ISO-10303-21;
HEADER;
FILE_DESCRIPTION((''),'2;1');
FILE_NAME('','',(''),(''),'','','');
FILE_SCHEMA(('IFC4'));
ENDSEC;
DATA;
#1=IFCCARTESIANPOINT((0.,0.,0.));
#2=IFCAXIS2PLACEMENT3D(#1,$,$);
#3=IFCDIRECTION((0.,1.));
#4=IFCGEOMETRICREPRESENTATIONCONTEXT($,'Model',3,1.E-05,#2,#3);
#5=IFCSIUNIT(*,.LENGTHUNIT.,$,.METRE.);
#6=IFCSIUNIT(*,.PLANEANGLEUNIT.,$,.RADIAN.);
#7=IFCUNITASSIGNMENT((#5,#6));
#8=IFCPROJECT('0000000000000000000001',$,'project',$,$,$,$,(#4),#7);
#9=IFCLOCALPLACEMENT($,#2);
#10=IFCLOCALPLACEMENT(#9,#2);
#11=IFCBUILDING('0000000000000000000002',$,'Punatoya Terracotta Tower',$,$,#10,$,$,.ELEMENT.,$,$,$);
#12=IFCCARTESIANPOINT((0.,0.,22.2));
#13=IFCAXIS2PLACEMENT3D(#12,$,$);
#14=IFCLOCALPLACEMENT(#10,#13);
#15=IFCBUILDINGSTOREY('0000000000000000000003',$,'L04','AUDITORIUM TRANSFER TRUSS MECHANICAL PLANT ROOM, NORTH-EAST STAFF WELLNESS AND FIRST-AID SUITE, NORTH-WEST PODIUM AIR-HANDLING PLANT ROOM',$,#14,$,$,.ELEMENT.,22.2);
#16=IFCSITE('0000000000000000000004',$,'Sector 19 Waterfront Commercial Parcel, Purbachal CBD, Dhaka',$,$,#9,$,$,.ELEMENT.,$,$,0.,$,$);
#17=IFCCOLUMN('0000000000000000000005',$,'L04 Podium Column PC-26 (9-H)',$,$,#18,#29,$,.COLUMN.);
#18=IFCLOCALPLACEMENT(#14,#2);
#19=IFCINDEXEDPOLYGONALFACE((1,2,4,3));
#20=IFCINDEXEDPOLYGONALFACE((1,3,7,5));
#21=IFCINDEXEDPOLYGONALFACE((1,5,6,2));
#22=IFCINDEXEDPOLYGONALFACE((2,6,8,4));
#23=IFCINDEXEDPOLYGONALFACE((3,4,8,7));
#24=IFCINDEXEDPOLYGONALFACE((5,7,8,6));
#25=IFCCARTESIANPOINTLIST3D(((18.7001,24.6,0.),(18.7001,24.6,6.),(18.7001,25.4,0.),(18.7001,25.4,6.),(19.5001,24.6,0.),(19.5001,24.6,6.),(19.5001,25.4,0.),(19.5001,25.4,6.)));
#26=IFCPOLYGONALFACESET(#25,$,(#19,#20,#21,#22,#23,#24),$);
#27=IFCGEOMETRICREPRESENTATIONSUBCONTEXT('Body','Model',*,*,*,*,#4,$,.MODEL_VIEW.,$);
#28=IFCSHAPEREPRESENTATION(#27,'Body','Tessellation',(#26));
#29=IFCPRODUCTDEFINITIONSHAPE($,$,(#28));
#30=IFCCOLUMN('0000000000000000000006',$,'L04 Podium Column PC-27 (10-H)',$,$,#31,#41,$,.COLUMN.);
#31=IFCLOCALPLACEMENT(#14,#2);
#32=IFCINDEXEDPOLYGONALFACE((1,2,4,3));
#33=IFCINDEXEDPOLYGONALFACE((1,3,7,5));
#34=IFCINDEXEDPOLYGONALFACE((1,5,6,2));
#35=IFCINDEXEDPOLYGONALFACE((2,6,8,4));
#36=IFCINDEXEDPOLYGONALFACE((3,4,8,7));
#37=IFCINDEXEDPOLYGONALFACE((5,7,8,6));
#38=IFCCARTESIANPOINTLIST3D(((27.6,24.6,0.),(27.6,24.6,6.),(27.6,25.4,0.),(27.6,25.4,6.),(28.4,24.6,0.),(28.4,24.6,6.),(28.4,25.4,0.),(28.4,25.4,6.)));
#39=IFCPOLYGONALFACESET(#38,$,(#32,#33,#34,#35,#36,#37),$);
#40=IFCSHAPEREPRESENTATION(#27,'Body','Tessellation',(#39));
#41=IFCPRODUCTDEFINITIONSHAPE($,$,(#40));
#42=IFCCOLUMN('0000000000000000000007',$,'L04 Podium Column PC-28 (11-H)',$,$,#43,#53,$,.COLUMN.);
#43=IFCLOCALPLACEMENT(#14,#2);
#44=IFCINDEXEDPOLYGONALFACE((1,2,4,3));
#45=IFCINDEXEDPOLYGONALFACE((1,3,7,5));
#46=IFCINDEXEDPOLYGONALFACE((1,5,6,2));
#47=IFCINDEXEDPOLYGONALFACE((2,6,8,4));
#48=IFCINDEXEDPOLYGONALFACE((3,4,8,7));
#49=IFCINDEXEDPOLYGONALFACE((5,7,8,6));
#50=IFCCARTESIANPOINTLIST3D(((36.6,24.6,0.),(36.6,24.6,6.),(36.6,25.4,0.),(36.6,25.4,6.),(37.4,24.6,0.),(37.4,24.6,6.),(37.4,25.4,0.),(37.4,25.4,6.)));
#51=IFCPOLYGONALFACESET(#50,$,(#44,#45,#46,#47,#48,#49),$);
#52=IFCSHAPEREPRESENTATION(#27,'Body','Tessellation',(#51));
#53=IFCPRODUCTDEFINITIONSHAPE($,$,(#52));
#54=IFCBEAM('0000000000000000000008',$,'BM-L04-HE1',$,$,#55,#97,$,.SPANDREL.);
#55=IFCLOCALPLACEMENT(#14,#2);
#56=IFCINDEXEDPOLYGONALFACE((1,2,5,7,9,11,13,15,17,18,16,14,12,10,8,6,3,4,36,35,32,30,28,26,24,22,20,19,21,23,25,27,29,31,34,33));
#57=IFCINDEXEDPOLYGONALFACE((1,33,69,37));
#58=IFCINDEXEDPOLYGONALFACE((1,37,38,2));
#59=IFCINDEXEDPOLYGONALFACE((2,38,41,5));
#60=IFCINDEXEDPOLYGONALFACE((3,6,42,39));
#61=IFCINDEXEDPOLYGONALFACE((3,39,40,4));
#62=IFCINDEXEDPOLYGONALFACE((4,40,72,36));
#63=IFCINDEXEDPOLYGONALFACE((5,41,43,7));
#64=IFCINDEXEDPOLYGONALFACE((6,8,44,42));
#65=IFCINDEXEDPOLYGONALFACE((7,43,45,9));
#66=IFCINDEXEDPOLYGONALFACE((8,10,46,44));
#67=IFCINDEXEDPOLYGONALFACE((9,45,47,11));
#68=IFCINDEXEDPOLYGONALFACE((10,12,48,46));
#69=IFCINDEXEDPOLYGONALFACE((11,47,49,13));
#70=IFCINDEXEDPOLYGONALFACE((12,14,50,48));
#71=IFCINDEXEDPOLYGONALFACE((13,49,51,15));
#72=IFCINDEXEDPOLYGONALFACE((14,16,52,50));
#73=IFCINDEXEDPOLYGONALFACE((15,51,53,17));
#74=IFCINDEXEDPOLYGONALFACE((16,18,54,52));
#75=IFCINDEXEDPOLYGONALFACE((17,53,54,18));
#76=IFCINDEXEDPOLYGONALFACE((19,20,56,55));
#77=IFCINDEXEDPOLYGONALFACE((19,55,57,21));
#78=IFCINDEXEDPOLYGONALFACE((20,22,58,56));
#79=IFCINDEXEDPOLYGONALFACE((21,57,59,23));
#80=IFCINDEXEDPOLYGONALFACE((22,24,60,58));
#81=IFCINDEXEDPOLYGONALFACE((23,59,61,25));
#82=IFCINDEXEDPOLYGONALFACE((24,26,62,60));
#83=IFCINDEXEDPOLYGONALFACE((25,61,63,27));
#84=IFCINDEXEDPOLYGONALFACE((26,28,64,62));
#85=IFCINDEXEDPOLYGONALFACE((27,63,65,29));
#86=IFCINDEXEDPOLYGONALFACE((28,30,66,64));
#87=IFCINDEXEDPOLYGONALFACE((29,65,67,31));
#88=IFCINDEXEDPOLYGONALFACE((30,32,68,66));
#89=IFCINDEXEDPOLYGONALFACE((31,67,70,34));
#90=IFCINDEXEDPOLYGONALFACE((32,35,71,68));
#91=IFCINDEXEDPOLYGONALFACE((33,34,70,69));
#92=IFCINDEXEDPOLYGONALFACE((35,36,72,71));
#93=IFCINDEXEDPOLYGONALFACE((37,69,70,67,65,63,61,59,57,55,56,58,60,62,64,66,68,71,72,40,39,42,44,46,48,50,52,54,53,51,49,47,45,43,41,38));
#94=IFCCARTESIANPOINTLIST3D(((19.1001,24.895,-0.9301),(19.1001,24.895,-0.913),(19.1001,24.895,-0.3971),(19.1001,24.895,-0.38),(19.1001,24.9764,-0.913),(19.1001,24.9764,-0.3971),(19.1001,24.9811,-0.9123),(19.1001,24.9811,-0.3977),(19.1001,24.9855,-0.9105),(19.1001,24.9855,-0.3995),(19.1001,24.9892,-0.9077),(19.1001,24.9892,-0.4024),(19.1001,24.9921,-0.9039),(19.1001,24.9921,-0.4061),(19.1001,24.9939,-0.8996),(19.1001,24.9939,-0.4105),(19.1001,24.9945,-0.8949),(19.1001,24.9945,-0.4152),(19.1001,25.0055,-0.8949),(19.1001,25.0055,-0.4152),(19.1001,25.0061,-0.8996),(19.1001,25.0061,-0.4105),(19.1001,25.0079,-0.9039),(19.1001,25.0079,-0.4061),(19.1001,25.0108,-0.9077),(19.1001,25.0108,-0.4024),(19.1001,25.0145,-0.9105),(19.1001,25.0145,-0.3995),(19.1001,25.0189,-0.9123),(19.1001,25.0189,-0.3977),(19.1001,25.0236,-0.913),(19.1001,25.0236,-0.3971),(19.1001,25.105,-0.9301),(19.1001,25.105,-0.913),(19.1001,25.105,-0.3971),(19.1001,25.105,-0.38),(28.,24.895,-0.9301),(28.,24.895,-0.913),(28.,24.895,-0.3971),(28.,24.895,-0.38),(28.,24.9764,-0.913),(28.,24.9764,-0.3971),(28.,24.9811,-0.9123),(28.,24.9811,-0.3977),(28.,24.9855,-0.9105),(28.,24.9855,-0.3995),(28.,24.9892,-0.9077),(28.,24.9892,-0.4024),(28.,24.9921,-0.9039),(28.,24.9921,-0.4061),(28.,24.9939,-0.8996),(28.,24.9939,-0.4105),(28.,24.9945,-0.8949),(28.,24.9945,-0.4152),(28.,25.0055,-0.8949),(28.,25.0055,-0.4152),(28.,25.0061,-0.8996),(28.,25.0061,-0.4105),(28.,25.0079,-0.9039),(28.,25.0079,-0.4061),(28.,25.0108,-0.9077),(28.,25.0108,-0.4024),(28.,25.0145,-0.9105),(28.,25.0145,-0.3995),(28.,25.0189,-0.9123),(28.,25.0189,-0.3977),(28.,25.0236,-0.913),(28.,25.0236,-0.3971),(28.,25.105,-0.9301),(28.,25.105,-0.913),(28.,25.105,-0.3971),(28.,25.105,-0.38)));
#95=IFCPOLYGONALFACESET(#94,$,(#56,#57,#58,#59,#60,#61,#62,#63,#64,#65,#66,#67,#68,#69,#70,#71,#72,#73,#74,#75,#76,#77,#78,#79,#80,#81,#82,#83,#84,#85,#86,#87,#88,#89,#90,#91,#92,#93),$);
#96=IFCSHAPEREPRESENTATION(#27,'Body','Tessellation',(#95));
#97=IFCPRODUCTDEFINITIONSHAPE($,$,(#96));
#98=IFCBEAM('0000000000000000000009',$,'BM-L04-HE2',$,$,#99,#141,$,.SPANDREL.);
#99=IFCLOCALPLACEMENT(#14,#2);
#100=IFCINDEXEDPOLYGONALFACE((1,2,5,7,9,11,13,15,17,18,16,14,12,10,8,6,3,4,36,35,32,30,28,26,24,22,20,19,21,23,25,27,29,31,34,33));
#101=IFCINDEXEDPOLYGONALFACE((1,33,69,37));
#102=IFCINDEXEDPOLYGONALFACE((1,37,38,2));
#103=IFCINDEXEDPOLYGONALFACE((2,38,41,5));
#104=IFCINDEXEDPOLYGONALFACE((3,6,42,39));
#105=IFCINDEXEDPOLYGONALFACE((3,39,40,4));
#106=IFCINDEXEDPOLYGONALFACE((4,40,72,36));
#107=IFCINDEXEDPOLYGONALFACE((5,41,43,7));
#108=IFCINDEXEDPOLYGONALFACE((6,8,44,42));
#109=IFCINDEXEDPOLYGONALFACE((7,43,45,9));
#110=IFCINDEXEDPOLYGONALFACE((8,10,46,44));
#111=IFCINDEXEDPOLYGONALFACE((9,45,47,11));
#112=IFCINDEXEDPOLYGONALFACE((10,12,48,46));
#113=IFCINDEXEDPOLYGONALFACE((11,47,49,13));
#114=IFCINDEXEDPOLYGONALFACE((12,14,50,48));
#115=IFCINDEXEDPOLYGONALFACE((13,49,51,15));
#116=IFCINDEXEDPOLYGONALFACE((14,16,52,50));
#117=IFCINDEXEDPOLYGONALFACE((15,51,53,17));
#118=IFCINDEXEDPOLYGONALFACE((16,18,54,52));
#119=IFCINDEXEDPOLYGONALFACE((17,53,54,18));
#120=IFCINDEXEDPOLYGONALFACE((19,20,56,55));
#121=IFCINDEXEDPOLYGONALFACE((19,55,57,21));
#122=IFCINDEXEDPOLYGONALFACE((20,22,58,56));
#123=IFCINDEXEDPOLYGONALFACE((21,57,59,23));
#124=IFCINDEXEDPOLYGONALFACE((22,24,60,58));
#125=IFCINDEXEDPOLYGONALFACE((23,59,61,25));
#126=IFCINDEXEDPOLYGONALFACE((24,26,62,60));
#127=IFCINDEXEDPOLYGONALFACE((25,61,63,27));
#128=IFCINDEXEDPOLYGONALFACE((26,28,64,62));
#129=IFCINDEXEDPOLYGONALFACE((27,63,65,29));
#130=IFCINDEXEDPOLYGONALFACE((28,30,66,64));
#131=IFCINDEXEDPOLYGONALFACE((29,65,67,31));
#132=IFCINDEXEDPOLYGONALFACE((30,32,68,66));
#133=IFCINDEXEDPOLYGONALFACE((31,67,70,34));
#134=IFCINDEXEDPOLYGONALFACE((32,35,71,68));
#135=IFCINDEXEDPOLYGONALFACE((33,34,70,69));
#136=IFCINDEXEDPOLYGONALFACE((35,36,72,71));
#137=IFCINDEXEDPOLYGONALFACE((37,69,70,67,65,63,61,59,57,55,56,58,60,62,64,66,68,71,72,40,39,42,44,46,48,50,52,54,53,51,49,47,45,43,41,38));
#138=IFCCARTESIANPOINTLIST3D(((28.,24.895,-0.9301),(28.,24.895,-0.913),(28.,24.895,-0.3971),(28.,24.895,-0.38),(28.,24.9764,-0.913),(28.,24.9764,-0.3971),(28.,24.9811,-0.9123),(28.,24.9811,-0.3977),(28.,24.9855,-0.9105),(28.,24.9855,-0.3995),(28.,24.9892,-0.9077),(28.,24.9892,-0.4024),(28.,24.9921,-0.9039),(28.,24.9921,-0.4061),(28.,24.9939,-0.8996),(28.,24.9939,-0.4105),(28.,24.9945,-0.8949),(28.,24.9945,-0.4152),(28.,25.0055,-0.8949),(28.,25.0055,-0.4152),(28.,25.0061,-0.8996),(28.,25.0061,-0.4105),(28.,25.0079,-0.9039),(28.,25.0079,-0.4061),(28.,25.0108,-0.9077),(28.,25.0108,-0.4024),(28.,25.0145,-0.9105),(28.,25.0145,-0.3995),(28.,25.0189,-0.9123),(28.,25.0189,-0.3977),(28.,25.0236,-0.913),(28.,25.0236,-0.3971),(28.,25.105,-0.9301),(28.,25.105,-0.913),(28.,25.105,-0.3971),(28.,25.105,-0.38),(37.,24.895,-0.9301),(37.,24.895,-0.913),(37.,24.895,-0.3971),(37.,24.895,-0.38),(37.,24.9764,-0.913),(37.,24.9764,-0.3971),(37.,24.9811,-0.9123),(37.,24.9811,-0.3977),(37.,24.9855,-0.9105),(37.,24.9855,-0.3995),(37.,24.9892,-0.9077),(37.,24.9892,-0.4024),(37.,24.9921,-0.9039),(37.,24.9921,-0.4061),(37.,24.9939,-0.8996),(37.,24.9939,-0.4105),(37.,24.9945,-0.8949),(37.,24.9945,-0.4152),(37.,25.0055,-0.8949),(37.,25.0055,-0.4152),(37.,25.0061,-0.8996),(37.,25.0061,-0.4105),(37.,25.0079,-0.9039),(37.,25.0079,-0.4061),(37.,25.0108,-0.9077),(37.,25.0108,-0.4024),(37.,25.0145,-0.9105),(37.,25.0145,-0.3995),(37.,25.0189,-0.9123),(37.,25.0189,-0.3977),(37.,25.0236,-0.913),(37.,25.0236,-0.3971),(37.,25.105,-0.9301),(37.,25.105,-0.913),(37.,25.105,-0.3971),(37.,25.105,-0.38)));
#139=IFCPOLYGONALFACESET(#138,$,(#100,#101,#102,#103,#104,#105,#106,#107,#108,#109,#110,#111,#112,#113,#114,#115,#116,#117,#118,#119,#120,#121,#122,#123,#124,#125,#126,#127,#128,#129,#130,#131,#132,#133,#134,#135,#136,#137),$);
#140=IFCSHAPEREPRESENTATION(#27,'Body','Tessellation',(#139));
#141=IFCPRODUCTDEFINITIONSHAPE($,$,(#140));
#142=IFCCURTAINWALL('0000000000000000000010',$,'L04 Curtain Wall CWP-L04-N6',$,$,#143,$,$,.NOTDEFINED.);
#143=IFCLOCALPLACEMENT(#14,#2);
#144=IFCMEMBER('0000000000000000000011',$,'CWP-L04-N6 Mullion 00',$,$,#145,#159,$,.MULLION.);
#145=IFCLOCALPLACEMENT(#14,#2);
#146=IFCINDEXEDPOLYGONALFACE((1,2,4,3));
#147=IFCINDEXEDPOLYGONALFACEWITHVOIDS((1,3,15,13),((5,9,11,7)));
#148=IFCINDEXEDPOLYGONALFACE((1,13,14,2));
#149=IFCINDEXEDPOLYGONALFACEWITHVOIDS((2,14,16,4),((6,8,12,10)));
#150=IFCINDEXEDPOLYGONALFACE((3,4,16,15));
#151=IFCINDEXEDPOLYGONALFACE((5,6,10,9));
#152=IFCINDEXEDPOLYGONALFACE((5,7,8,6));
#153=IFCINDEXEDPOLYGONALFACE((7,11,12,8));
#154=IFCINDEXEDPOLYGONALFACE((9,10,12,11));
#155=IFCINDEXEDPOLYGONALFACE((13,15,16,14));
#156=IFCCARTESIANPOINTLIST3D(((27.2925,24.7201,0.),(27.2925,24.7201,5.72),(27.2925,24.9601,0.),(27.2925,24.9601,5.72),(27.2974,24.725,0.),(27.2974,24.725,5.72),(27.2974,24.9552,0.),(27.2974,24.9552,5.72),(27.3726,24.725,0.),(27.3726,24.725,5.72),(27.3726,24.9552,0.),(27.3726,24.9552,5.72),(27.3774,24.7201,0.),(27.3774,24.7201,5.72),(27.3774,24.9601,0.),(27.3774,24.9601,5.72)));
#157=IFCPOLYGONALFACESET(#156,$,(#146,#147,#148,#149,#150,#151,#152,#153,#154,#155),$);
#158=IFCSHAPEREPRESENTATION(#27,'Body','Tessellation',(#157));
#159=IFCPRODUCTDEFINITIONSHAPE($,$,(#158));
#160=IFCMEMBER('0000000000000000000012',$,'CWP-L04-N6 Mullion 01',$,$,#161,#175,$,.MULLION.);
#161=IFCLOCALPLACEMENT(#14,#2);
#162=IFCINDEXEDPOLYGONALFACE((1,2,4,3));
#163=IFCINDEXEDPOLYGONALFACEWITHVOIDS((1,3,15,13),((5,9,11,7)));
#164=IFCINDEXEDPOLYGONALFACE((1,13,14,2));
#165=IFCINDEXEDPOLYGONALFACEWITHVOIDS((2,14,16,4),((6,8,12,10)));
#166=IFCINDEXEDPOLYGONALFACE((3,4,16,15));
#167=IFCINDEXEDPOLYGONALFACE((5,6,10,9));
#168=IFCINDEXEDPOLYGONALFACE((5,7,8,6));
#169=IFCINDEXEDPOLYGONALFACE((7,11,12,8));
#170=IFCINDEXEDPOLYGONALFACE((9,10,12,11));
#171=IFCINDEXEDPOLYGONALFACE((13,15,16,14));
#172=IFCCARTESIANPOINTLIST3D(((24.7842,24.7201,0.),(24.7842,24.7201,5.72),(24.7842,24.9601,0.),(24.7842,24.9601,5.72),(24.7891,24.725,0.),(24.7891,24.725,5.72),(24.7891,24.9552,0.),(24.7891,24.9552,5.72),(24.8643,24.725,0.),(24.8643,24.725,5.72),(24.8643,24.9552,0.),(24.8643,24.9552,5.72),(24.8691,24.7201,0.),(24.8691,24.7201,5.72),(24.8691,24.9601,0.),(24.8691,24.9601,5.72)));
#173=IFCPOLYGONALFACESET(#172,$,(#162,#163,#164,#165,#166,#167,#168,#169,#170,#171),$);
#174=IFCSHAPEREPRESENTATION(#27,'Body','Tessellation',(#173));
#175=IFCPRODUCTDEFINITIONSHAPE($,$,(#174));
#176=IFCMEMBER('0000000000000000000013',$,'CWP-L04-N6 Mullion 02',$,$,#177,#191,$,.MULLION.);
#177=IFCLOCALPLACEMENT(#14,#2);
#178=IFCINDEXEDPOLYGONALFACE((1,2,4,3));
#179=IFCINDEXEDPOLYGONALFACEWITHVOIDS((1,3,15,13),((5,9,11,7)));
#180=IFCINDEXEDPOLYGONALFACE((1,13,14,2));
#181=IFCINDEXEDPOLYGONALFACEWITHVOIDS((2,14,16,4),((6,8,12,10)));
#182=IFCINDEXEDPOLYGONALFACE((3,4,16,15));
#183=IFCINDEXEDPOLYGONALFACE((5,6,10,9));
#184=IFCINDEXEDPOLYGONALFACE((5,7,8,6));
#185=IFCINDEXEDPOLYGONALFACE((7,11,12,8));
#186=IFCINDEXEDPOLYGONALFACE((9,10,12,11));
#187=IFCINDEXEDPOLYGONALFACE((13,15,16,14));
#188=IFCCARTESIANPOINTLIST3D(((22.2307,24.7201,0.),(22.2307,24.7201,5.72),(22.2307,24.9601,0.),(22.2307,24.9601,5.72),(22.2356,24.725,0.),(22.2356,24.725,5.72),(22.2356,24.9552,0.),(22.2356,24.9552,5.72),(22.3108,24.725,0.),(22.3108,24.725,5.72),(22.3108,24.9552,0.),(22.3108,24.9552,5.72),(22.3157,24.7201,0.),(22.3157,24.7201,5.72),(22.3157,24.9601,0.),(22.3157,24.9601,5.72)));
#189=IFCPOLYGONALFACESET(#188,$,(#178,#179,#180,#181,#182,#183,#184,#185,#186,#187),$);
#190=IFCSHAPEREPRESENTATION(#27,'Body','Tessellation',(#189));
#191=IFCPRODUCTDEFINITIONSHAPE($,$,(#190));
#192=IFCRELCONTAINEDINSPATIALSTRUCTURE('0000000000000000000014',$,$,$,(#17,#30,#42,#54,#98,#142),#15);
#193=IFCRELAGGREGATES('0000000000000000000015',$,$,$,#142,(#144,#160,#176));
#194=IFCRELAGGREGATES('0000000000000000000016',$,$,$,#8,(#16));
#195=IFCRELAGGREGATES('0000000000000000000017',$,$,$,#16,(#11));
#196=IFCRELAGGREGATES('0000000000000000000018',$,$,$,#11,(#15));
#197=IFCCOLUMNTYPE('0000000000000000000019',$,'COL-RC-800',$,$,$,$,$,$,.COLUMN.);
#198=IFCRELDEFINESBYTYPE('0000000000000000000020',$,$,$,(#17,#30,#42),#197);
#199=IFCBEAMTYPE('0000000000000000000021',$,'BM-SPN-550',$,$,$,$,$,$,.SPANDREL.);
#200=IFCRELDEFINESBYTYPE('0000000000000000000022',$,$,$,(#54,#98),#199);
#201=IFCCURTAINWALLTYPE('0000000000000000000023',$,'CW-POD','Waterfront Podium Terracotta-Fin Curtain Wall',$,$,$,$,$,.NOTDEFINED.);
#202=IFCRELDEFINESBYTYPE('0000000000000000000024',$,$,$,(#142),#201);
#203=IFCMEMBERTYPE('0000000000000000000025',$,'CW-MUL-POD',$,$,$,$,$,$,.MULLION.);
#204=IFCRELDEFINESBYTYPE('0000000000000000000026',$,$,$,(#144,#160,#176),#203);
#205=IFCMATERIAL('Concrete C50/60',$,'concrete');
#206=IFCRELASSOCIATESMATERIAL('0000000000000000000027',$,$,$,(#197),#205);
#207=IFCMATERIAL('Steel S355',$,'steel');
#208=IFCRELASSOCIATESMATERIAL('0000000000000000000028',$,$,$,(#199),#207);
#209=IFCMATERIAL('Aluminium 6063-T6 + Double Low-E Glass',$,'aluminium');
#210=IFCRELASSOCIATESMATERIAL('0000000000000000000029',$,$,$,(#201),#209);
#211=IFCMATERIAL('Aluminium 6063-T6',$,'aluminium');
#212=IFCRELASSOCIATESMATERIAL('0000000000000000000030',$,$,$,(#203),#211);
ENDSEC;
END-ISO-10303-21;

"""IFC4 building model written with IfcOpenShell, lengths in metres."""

from ifc_helpers import new_model, si_unit, direction, frame, origin, origin_2d, place, context, subcontext, project, spatial, rectangle, hollow_rectangle, i_section, extrude, material, material_profile, profile_set, type_object, element, aggregate, save


model = new_model("IFC4")

# Units and contexts
model_context = context("Model", 3, precision=1e-05, world=origin(), true_north=direction((0.0, 1.0)))
body_context = subcontext(model_context, "Body", "Model", "MODEL_VIEW")
ifc_project = project(units=[si_unit("LENGTHUNIT", "METRE"), si_unit("PLANEANGLEUNIT", "RADIAN")], contexts=[model_context])

# Site, building, storey
site_placement = place(None, origin())
site = spatial("IfcSite", under=ifc_project, at=site_placement, Name="Sector 19 Waterfront Commercial Parcel, Purbachal CBD, Dhaka", CompositionType="ELEMENT", RefElevation=0.0)
building_placement = place(site_placement, origin())
building = spatial("IfcBuilding", under=site, at=building_placement, Name="Punatoya Terracotta Tower", CompositionType="ELEMENT")
storey_placement = place(building_placement, frame((0.0, 0.0, 22.2)))
storey = spatial("IfcBuildingStorey", under=building, at=storey_placement, Name="L04", Description="AUDITORIUM TRANSFER TRUSS MECHANICAL PLANT ROOM, NORTH-EAST STAFF WELLNESS AND FIRST-AID SUITE, NORTH-WEST PODIUM AIR-HANDLING PLANT ROOM", CompositionType="ELEMENT", Elevation=22.2)

# Columns
ifc_material_1 = material(Name="Concrete C50/60", Category="concrete")
ifc_material_profile_1 = material_profile(ifc_material_1, rectangle(XDim=0.8, YDim=0.8, at=origin_2d()))
ifc_profile_set_1 = profile_set([ifc_material_profile_1], Name="Concrete C50/60")
column_type = type_object("IfcColumnType", Name="COL-RC-800", PredefinedType="COLUMN", material=ifc_profile_set_1)
for number, where, z_axis, x_axis, name in (
    (1, (19.1001, 25.0, 0.0), (0.0, 0.0, 1.0), (1.0, 0.0, 0.0), "L04 Podium Column PC-26 (9-H)"),
    (2, (28.0, 25.0, 0.0), (0.0, 0.0, 1.0), (1.0, 0.0, 0.0), "L04 Podium Column PC-27 (10-H)"),
    (3, (37.0, 25.0, 0.0), (0.0, 0.0, 1.0), (1.0, 0.0, 0.0), "L04 Podium Column PC-28 (11-H)"),
):
    element("IfcColumn", number, at=place(storey_placement, frame(where, z_axis=z_axis, x_axis=x_axis)), inside=storey, type_object=column_type, Name=name, PredefinedType="COLUMN", context=body_context, shape_type="SweptSolid", body=[
        extrude(rectangle(XDim=0.8, YDim=0.8, at=origin_2d()), origin(), (0.0, 0.0, 1.0), 6.0),
    ])

# Beams
ifc_material_2 = material(Name="Steel S355", Category="steel")
ifc_material_profile_2 = material_profile(ifc_material_2, i_section(OverallWidth=0.21, OverallDepth=0.55, WebThickness=0.011, FlangeThickness=0.0171, FilletRadius=0.0181, at=origin_2d()))
ifc_profile_set_2 = profile_set([ifc_material_profile_2], Name="Steel S355")
beam_type = type_object("IfcBeamType", Name="BM-SPN-550", PredefinedType="SPANDREL", material=ifc_profile_set_2)
beam_1_placement = place(storey_placement, frame((19.1001, 25.0, -0.655), z_axis=(1.0, 0.0, 0.0), x_axis=(0.0, 1.0, 0.0)))
element("IfcBeam", 4, at=beam_1_placement, inside=storey, type_object=beam_type, Name="BM-L04-HE1", PredefinedType="SPANDREL", context=body_context, shape_type="SweptSolid", body=[
    extrude(i_section(OverallWidth=0.21, OverallDepth=0.55, WebThickness=0.011, FlangeThickness=0.0171, FilletRadius=0.0181, at=origin_2d()), origin(), (0.0, 0.0, 1.0), 8.8999),
])
beam_2_placement = place(storey_placement, frame((28.0, 25.0, -0.655), z_axis=(1.0, 0.0, 0.0), x_axis=(0.0, 1.0, 0.0)))
element("IfcBeam", 5, at=beam_2_placement, inside=storey, type_object=beam_type, Name="BM-L04-HE2", PredefinedType="SPANDREL", context=body_context, shape_type="SweptSolid", body=[
    extrude(i_section(OverallWidth=0.21, OverallDepth=0.55, WebThickness=0.011, FlangeThickness=0.0171, FilletRadius=0.0181, at=origin_2d()), origin(), (0.0, 0.0, 1.0), 9.0),
])

# Curtain wall, members
ifc_material_3 = material(Name="Aluminium 6063-T6 + Double Low-E Glass", Category="aluminium")
curtain_wall_type = type_object("IfcCurtainWallType", Name="CW-POD", Description="Waterfront Podium Terracotta-Fin Curtain Wall", PredefinedType="NOTDEFINED", material=ifc_material_3)
curtain_wall_1_placement = place(storey_placement, origin())
curtain_wall_1 = element("IfcCurtainWall", 6, at=curtain_wall_1_placement, inside=storey, type_object=curtain_wall_type, Name="L04 Curtain Wall CWP-L04-N6", PredefinedType="NOTDEFINED")
ifc_material_4 = material(Name="Aluminium 6063-T6", Category="aluminium")
ifc_material_profile_3 = material_profile(ifc_material_4, hollow_rectangle(XDim=0.085, YDim=0.24, WallThickness=0.0049, at=origin_2d()))
ifc_profile_set_3 = profile_set([ifc_material_profile_3], Name="Aluminium 6063-T6")
member_type_1 = type_object("IfcMemberType", Name="CW-MUL-POD", PredefinedType="MULLION", material=ifc_profile_set_3)
member_1_placement = place(storey_placement, frame((27.335, 24.8401, 0.0), z_axis=(0.0, 0.0, 1.0), x_axis=(1.0, 0.0, 0.0)))
member_1 = element("IfcMember", 7, at=member_1_placement, type_object=member_type_1, Name="CWP-L04-N6 Mullion 00", PredefinedType="MULLION", context=body_context, shape_type="SweptSolid", body=[
    extrude(hollow_rectangle(XDim=0.085, YDim=0.24, WallThickness=0.0049, at=origin_2d()), origin(), (0.0, 0.0, 1.0), 5.72),
])
member_2_placement = place(storey_placement, frame((24.8267, 24.8401, 0.0), z_axis=(0.0, 0.0, 1.0), x_axis=(1.0, 0.0, 0.0)))
member_2 = element("IfcMember", 8, at=member_2_placement, type_object=member_type_1, Name="CWP-L04-N6 Mullion 01", PredefinedType="MULLION", context=body_context, shape_type="SweptSolid", body=[
    extrude(hollow_rectangle(XDim=0.085, YDim=0.24, WallThickness=0.0049, at=origin_2d()), origin(), (0.0, 0.0, 1.0), 5.72),
])
member_3_placement = place(storey_placement, frame((22.2732, 24.8401, 0.0), z_axis=(0.0, 0.0, 1.0), x_axis=(1.0, 0.0, 0.0)))
member_3 = element("IfcMember", 9, at=member_3_placement, type_object=member_type_1, Name="CWP-L04-N6 Mullion 02", PredefinedType="MULLION", context=body_context, shape_type="SweptSolid", body=[
    extrude(hollow_rectangle(XDim=0.085, YDim=0.24, WallThickness=0.0049, at=origin_2d()), origin(), (0.0, 0.0, 1.0), 5.72),
])

aggregate(curtain_wall_1, [member_1, member_2, member_3])

save(model, "model.ifc")
